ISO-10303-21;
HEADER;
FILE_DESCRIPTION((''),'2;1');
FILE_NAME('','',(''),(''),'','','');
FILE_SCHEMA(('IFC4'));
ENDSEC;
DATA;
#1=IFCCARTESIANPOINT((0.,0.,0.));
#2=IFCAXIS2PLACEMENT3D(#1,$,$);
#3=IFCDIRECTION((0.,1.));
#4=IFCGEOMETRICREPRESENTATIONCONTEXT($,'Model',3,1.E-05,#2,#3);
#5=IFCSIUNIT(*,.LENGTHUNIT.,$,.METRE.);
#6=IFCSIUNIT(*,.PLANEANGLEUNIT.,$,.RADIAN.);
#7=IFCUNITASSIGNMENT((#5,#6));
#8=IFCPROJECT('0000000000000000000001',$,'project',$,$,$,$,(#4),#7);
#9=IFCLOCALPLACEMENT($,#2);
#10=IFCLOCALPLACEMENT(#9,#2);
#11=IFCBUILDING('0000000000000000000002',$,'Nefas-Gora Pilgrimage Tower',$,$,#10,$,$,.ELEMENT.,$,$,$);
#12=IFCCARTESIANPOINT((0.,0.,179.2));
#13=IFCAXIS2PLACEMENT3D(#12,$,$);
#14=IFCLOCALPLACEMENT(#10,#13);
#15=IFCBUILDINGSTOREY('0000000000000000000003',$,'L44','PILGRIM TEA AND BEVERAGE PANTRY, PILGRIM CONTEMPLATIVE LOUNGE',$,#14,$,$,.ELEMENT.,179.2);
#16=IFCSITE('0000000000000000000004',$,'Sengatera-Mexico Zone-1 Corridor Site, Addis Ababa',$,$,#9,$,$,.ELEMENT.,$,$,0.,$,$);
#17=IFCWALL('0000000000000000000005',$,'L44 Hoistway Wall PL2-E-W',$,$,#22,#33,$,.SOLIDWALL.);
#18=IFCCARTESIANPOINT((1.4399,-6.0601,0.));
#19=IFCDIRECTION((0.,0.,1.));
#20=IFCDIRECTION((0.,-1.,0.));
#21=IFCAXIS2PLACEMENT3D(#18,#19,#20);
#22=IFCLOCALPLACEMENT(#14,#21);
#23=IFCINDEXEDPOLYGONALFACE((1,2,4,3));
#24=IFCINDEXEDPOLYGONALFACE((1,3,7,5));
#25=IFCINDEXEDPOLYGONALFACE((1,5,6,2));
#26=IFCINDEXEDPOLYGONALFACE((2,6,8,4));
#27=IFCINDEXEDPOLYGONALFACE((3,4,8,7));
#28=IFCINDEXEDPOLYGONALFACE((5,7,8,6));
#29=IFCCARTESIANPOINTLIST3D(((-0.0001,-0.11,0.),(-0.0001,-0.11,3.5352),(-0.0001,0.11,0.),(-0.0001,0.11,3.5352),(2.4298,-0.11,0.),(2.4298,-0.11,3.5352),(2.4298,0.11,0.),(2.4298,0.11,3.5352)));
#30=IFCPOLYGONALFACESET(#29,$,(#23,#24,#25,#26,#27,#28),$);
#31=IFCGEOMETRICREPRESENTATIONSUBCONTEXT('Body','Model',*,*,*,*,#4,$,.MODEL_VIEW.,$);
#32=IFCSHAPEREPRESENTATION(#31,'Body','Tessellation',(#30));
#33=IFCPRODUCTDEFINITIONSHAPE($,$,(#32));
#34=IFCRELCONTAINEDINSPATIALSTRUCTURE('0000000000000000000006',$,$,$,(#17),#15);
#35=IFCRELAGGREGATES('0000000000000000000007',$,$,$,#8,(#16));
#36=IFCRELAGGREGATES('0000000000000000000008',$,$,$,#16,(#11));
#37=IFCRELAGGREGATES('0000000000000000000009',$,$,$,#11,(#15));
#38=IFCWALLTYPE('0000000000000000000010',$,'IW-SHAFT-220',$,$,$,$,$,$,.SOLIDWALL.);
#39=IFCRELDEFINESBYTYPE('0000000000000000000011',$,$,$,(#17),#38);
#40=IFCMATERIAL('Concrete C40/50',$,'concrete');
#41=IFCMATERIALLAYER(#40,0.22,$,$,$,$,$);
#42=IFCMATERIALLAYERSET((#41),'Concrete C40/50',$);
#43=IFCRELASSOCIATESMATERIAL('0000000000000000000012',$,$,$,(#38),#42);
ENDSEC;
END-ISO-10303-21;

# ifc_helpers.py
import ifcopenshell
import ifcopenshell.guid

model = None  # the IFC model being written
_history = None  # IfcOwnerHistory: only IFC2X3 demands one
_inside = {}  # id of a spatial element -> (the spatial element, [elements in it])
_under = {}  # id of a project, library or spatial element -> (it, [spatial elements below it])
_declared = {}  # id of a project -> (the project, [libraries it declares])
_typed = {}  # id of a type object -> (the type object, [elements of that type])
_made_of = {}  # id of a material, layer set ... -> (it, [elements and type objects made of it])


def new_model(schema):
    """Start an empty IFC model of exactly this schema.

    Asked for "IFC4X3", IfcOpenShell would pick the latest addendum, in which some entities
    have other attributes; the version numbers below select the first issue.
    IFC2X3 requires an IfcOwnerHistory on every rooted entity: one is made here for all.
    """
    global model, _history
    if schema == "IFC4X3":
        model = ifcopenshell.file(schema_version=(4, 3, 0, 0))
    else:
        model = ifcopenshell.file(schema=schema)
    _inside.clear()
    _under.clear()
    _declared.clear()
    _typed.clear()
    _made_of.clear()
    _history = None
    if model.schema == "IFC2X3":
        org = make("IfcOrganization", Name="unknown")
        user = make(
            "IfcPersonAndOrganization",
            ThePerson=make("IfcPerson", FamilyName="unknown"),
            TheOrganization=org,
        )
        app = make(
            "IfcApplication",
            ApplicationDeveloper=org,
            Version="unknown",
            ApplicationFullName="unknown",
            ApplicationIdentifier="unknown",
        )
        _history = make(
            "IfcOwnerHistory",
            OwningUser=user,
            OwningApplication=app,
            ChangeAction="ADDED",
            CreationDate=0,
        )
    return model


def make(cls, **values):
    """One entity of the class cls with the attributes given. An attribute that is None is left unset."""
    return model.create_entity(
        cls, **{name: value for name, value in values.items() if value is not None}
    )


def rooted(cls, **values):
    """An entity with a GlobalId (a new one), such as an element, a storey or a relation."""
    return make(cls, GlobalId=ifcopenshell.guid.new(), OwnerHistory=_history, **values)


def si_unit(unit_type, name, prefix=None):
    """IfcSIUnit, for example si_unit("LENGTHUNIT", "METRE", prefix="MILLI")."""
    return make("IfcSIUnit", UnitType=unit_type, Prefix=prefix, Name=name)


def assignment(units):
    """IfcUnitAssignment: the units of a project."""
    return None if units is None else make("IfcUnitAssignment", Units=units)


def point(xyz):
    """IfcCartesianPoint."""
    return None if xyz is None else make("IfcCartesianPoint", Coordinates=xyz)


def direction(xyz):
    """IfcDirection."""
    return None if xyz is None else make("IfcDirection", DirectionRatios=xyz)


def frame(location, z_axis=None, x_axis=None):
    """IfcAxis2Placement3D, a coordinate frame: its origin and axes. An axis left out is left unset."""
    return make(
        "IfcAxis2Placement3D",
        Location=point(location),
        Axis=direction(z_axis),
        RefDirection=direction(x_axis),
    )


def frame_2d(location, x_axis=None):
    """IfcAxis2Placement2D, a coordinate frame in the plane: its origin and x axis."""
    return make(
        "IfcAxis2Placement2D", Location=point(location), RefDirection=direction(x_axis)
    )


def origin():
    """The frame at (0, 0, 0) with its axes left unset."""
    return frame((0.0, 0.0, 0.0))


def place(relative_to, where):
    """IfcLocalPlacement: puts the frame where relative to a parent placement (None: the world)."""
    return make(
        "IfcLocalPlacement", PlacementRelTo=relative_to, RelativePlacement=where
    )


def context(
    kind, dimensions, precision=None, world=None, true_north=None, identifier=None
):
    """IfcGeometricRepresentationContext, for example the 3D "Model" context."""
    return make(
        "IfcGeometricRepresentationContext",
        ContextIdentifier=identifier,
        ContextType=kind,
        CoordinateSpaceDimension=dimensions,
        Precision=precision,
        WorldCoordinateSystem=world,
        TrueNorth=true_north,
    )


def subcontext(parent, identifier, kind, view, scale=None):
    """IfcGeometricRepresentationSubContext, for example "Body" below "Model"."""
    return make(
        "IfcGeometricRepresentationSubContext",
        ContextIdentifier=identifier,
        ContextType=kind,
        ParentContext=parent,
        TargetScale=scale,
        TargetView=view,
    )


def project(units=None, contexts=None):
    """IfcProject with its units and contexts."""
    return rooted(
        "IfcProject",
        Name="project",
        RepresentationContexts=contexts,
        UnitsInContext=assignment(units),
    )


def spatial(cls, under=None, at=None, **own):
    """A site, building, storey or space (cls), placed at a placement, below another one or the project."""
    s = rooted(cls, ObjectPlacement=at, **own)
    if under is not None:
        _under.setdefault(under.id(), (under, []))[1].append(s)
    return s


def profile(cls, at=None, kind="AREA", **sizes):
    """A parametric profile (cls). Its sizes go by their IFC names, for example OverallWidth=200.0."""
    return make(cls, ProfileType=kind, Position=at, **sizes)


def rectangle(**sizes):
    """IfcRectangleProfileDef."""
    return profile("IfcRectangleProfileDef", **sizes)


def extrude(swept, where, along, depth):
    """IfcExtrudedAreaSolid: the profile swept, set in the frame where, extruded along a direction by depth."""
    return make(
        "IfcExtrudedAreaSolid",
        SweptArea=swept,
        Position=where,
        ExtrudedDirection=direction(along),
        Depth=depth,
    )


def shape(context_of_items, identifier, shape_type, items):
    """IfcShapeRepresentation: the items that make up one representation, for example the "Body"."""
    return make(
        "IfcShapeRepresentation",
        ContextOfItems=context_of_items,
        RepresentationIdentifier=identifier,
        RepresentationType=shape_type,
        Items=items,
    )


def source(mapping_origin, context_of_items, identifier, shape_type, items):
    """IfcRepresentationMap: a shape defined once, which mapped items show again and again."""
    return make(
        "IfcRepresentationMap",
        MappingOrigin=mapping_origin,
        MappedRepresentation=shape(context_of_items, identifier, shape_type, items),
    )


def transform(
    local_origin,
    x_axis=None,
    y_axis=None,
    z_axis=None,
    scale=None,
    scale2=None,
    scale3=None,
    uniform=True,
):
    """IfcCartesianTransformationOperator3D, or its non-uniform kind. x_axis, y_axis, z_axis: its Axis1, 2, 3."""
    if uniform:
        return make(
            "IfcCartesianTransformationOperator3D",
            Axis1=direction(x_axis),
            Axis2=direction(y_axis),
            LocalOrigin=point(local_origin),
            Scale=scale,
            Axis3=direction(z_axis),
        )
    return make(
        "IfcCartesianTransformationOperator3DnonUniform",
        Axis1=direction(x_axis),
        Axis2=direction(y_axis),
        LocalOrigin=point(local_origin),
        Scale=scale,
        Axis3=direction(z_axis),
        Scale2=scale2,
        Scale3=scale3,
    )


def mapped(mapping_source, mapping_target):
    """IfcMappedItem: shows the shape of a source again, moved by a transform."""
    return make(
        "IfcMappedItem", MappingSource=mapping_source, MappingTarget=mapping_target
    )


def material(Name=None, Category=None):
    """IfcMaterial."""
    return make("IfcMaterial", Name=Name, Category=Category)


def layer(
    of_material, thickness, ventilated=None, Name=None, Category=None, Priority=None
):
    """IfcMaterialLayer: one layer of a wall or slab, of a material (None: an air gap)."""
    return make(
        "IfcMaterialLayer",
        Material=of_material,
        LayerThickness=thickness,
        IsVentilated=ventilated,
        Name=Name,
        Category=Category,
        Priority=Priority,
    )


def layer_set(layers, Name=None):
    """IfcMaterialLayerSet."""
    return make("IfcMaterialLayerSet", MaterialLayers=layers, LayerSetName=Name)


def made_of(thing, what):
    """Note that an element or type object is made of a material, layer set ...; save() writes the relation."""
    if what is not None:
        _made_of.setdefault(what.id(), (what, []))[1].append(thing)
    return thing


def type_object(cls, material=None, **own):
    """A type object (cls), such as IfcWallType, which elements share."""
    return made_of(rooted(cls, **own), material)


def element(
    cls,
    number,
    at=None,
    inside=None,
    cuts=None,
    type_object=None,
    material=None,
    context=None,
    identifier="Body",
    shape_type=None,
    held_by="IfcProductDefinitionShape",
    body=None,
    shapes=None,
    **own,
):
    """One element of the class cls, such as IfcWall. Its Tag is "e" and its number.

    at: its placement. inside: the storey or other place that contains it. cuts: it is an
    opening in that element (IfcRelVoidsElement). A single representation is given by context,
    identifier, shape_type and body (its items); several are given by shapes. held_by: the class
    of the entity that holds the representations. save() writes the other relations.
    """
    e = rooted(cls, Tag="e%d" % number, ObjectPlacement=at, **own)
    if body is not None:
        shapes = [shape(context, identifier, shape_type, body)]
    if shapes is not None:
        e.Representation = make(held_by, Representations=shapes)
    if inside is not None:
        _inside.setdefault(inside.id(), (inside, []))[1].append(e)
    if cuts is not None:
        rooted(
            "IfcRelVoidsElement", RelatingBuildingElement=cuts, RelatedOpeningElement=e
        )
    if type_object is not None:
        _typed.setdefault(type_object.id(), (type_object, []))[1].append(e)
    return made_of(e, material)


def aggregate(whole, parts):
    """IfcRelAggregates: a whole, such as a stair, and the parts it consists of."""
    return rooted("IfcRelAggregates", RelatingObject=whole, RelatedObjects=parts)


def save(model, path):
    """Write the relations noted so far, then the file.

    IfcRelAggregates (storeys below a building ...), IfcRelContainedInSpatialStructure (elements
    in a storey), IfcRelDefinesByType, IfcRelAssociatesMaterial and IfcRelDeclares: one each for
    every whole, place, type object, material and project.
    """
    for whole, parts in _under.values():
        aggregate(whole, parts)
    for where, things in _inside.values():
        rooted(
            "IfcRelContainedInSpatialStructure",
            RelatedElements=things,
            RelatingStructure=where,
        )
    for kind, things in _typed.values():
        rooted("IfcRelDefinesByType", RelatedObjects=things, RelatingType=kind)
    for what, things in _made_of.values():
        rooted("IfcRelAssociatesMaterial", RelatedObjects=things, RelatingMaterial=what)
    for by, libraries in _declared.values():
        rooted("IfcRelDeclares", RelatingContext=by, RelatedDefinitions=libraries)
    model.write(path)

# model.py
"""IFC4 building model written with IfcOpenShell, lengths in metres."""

from ifc_helpers import new_model, si_unit, direction, frame, frame_2d, origin, place, context, subcontext, project, spatial, rectangle, extrude, source, transform, mapped, material, layer, layer_set, type_object, element, save


model = new_model("IFC4")

# Units and contexts
model_context = context("Model", 3, precision=1e-05, world=origin(), true_north=direction((0.0, 1.0)))
body_context = subcontext(model_context, "Body", "Model", "MODEL_VIEW")
ifc_project = project(units=[si_unit("LENGTHUNIT", "METRE"), si_unit("PLANEANGLEUNIT", "RADIAN")], contexts=[model_context])

# Site, building, storey
site_placement = place(None, origin())
site = spatial("IfcSite", under=ifc_project, at=site_placement, Name="Sengatera-Mexico Zone-1 Corridor Site, Addis Ababa", CompositionType="ELEMENT", RefElevation=0.0)
building_placement = place(site_placement, origin())
building = spatial("IfcBuilding", under=site, at=building_placement, Name="Nefas-Gora Pilgrimage Tower", CompositionType="ELEMENT")
storey_placement = place(building_placement, frame((0.0, 0.0, 179.2)))
storey = spatial("IfcBuildingStorey", under=building, at=storey_placement, Name="L44", Description="PILGRIM TEA AND BEVERAGE PANTRY, PILGRIM CONTEMPLATIVE LOUNGE", CompositionType="ELEMENT", Elevation=179.2)

# Shared definitions
ifc_material_1 = material(Name="Concrete C40/50", Category="concrete")
ifc_layer_1 = layer(ifc_material_1, 0.22)
ifc_layer_set_1 = layer_set([ifc_layer_1], Name="Concrete C40/50")
wall_type_1 = type_object("IfcWallType", Name="IW-SHAFT-220", PredefinedType="SOLIDWALL", material=ifc_layer_set_1)

# Wall
shared_shape_1 = source(origin(), body_context, "Body", "SweptSolid", [
    extrude(rectangle(XDim=2.4299, YDim=0.22, at=frame_2d((1.2148, 0.0))), origin(), (0.0, 0.0, 1.0), 3.5352),
])
for number, where, z_axis, x_axis, name in (
    (1, (1.4399, -6.0601, 0.0), (0.0, 0.0, 1.0), (0.0, -1.0, 0.0), "L44 Hoistway Wall PL2-E-W"),
):
    element("IfcWall", number, at=place(storey_placement, frame(where, z_axis=z_axis, x_axis=x_axis)), inside=storey, type_object=wall_type_1, Name=name, PredefinedType="SOLIDWALL", context=body_context, shape_type="MappedRepresentation", body=[
        mapped(shared_shape_1, transform((0.0, 0.0, 0.0), x_axis=(1.0, 0.0, 0.0), y_axis=(0.0, 1.0, 0.0), z_axis=(0.0, 0.0, 1.0), scale=1.0)),
    ])

save(model, "model.ifc")
